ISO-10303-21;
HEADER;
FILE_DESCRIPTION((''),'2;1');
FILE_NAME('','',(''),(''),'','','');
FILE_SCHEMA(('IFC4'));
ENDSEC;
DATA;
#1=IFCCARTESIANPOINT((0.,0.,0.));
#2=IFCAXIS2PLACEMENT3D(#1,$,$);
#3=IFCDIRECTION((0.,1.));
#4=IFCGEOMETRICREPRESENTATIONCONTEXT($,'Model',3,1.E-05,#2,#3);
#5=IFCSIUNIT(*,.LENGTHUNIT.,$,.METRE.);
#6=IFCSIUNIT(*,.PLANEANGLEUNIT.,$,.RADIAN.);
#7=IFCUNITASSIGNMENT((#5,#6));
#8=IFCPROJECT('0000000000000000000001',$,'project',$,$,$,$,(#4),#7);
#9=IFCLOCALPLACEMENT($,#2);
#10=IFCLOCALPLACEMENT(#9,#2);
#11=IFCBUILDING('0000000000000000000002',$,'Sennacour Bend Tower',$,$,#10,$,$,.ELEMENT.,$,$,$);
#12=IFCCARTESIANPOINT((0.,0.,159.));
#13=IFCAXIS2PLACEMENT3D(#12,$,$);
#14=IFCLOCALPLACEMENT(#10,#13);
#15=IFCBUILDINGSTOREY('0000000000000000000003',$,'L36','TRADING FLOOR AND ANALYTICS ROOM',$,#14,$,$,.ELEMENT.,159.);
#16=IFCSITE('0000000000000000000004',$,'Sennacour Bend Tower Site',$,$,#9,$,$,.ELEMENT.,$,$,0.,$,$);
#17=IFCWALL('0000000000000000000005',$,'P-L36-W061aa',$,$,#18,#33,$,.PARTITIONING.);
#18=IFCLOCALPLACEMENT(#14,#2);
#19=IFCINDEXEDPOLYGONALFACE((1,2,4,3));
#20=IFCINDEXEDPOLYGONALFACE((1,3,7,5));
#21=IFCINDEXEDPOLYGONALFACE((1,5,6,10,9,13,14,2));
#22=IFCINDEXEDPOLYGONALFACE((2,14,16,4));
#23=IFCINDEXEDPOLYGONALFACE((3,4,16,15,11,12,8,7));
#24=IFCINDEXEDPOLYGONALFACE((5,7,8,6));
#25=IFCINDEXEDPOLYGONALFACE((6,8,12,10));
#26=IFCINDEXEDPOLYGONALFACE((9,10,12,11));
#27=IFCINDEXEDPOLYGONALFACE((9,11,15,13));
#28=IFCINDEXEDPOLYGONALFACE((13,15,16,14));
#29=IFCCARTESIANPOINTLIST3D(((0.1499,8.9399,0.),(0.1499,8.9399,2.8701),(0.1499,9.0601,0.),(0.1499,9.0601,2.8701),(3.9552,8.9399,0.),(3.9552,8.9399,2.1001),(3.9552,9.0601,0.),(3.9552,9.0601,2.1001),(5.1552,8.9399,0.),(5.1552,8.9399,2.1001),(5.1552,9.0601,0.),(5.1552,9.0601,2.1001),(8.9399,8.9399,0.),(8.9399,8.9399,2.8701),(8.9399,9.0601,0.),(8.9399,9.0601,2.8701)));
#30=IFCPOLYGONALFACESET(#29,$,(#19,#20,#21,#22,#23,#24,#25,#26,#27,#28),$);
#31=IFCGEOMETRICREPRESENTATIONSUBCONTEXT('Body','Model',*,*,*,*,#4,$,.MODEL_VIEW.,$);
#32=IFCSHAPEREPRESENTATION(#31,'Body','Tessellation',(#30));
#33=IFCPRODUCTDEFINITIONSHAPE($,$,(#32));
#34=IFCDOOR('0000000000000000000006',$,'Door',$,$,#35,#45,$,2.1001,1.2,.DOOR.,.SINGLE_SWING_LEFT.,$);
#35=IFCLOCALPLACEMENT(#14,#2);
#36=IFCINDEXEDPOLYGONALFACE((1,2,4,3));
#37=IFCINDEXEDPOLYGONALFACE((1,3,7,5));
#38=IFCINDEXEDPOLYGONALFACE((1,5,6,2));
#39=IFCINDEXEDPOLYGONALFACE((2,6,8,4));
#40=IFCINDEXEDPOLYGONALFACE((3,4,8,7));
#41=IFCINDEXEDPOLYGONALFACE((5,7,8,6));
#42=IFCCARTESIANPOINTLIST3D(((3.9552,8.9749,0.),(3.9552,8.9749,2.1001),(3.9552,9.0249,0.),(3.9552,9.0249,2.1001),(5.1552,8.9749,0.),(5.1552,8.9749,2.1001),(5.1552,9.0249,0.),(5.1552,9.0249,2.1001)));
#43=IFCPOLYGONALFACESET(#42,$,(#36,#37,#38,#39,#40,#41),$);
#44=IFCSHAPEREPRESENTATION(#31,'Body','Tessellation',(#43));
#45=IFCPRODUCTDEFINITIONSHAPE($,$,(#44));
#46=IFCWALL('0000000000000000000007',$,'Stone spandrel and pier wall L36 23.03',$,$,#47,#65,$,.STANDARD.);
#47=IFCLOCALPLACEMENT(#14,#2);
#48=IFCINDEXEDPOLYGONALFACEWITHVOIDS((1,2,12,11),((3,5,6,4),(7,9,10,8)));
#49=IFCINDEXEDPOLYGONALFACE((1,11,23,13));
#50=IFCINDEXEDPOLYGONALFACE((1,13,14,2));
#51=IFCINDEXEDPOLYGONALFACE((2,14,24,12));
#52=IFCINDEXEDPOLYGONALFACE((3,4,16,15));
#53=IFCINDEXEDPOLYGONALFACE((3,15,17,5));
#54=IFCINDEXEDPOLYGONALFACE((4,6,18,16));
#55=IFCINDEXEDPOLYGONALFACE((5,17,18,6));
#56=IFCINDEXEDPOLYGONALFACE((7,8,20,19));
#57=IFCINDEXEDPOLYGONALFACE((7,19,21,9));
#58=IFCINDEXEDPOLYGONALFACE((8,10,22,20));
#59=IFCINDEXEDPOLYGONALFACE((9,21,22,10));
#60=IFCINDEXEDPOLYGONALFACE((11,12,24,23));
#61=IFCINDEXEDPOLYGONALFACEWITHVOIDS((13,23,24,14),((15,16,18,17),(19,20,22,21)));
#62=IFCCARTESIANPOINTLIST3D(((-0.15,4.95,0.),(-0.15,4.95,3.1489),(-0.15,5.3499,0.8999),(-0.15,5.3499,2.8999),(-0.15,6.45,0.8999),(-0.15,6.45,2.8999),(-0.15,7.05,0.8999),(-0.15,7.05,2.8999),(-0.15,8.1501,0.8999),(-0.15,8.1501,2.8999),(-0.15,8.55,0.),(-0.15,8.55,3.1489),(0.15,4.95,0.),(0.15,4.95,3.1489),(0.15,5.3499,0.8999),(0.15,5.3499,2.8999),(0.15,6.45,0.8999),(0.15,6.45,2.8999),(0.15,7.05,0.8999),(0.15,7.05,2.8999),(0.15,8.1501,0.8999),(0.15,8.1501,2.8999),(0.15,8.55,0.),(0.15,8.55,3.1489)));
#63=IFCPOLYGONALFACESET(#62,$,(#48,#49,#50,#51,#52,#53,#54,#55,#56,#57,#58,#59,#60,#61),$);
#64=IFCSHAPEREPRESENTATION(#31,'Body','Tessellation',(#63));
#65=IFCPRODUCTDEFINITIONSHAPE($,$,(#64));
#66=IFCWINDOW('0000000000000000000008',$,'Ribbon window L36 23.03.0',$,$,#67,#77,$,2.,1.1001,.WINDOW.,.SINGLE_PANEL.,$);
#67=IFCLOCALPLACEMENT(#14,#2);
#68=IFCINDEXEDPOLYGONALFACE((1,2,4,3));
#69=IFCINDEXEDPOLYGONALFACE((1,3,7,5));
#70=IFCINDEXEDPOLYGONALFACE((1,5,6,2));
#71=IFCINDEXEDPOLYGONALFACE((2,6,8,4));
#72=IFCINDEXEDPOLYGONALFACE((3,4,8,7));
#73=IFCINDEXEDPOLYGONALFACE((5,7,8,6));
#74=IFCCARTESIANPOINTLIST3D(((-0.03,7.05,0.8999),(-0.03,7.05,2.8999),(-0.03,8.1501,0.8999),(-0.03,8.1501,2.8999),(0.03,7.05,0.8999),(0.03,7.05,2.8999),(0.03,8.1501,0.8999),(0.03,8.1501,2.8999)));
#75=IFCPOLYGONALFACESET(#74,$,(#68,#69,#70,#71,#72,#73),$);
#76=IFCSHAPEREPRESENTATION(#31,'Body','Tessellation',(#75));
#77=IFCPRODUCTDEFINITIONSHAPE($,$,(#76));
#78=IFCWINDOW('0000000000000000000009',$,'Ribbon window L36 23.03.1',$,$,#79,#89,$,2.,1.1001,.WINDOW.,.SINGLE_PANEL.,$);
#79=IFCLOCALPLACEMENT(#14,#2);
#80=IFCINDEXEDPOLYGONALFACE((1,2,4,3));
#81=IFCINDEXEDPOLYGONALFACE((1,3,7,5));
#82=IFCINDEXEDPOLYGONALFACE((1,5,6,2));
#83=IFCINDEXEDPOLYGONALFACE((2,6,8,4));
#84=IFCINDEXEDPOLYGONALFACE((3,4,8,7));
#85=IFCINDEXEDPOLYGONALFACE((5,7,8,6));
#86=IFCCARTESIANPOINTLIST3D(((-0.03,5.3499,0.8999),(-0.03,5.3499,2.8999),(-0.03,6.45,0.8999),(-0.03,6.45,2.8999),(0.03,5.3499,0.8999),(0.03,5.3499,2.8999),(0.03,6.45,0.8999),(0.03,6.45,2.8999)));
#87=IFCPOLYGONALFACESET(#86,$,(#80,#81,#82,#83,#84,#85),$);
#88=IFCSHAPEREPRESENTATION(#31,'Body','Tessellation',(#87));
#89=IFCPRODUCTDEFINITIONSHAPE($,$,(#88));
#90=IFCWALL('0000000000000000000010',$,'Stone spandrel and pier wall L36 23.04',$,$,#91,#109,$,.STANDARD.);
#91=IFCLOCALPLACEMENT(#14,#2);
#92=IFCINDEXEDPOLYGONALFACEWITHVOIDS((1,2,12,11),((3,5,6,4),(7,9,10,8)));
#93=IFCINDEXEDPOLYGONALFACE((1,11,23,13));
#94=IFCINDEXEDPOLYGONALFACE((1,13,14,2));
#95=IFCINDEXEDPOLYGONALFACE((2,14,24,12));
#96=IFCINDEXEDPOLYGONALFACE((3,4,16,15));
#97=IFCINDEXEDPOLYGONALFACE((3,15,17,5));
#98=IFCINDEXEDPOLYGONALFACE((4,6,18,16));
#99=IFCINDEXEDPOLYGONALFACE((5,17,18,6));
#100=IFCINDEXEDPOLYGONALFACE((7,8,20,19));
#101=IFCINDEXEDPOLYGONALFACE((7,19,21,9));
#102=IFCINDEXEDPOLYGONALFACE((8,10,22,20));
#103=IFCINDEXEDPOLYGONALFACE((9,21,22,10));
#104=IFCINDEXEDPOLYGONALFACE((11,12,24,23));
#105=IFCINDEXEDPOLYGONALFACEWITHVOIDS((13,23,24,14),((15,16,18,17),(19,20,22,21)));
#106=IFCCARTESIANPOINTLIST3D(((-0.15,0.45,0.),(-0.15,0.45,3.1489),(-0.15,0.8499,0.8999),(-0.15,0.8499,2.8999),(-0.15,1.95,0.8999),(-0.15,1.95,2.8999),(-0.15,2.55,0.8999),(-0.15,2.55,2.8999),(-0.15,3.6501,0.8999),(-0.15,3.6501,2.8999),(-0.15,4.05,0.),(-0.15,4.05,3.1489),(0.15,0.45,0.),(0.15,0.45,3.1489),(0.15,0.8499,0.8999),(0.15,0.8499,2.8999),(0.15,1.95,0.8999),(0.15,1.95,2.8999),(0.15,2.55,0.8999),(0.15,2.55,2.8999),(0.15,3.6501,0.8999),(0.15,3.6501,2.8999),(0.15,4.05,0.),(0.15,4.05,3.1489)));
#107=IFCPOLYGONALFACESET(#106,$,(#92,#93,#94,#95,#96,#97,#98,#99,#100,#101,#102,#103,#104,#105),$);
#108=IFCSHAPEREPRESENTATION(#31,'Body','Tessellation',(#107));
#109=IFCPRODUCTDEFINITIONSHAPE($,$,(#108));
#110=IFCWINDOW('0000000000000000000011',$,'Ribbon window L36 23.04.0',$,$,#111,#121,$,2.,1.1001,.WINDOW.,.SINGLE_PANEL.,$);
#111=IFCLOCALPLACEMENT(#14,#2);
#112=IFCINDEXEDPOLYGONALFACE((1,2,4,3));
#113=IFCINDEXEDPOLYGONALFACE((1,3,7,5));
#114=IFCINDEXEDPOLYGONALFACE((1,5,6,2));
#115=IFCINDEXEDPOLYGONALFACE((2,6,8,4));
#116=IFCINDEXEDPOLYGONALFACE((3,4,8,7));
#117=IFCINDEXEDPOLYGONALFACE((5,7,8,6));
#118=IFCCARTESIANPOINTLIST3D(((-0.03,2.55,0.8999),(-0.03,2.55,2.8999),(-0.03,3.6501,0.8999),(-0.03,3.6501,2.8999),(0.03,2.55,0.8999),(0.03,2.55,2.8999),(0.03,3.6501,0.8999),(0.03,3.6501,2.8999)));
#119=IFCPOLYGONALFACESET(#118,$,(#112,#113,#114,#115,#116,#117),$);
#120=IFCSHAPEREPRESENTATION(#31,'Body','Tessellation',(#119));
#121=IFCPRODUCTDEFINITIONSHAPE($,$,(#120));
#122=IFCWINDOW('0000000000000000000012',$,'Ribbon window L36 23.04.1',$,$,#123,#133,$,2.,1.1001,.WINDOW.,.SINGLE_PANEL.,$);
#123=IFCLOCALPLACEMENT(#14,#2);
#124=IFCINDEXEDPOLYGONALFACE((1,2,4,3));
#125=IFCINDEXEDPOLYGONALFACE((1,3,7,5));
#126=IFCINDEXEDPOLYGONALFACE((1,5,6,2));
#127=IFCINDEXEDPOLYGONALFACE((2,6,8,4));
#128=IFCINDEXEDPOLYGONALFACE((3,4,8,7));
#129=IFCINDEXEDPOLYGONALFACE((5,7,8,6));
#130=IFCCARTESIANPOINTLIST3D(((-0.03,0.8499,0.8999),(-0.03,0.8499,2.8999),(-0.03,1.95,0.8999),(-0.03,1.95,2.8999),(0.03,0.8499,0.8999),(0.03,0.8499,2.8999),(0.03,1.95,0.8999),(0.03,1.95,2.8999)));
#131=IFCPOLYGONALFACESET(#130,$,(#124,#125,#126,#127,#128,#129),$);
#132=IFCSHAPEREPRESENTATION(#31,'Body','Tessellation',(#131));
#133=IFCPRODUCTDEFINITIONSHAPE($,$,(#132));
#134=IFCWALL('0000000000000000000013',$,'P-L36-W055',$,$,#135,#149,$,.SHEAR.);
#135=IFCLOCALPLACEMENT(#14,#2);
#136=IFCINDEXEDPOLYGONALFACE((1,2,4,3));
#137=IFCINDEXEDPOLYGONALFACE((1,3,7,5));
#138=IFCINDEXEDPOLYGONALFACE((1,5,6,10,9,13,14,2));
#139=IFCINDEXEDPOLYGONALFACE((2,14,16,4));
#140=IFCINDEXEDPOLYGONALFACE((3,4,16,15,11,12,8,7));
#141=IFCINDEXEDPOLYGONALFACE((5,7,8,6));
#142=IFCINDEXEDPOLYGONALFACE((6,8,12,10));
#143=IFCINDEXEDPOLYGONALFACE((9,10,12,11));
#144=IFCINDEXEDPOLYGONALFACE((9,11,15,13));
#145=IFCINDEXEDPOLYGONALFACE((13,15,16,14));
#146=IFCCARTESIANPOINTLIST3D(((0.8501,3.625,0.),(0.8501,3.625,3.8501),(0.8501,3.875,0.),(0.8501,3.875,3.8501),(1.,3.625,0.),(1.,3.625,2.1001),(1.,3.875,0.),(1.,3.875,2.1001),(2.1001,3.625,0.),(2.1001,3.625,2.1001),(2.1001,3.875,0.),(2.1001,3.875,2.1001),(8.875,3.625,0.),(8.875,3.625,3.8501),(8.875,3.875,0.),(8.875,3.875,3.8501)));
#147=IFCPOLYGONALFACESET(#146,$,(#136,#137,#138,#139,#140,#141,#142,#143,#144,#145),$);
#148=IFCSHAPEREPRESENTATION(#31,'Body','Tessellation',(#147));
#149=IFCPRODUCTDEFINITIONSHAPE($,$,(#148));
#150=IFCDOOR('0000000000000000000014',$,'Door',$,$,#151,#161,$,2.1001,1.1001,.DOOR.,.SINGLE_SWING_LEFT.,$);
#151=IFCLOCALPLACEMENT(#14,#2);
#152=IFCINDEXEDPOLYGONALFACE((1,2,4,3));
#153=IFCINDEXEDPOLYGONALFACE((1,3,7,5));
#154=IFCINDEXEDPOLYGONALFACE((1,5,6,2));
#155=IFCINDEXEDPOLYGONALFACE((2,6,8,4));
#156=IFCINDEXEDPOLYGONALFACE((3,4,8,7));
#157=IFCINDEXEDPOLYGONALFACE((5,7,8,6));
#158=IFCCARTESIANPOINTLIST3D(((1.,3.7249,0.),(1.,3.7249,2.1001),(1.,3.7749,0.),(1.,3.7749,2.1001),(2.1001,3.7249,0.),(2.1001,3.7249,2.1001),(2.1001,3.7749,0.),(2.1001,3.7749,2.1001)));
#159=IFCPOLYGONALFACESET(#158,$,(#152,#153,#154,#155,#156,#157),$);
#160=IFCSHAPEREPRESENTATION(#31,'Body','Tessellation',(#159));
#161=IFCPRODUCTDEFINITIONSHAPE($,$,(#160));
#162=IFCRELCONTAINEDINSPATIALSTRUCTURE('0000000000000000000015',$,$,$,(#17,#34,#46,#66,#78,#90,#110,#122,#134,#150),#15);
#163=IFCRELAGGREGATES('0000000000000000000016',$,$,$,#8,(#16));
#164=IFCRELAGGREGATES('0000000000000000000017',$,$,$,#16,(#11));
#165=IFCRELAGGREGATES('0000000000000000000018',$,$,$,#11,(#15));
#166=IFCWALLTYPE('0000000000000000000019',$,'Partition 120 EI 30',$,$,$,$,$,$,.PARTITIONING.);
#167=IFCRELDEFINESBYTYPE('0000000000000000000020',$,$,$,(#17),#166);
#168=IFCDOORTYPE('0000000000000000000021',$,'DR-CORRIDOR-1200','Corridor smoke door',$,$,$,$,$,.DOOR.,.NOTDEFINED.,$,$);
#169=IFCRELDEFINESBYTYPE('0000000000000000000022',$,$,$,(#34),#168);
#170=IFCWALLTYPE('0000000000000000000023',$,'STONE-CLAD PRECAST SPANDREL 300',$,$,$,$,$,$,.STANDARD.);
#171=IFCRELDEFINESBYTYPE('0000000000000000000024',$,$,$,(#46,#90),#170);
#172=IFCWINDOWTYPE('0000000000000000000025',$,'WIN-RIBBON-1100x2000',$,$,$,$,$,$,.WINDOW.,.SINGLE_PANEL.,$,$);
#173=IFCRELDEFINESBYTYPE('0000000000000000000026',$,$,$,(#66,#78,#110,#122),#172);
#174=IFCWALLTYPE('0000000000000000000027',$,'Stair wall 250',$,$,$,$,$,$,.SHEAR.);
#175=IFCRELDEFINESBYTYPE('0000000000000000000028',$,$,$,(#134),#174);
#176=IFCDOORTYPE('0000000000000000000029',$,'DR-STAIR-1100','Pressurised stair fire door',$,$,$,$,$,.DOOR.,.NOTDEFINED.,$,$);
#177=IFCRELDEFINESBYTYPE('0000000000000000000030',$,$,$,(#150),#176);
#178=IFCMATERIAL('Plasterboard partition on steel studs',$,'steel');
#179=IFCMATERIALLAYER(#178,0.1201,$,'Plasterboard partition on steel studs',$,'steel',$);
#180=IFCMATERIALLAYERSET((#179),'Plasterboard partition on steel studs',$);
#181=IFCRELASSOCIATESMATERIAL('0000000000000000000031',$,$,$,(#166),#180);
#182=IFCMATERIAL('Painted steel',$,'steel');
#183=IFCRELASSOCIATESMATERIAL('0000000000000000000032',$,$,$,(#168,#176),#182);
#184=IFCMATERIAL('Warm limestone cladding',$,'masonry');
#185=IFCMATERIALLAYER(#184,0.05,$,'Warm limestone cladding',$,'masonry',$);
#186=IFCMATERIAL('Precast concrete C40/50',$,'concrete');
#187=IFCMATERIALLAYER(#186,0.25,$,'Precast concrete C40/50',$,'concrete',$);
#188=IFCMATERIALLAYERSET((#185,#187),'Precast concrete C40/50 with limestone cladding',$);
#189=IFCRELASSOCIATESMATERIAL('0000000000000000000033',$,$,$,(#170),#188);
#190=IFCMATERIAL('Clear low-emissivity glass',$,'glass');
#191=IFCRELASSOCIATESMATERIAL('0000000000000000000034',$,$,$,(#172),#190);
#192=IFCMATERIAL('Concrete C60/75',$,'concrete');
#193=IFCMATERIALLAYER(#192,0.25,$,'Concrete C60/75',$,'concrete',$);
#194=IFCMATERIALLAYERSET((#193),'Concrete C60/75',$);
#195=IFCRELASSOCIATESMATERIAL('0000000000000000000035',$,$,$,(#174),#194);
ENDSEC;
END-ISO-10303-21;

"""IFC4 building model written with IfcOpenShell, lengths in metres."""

from ifc_helpers import new_model, si_unit, direction, frame, frame_2d, origin, place, context, subcontext, project, spatial, rectangle, extrude, material, layer, layer_set, type_object, element, fill, save


model = new_model("IFC4")

# Units and contexts
model_context = context("Model", 3, precision=1e-05, world=origin(), true_north=direction((0.0, 1.0)))
body_context = subcontext(model_context, "Body", "Model", "MODEL_VIEW")
ifc_project = project(units=[si_unit("LENGTHUNIT", "METRE"), si_unit("PLANEANGLEUNIT", "RADIAN")], contexts=[model_context])

# Site, building, storey
site_placement = place(None, origin())
site = spatial("IfcSite", under=ifc_project, at=site_placement, Name="Sennacour Bend Tower Site", CompositionType="ELEMENT", RefElevation=0.0)
building_placement = place(site_placement, origin())
building = spatial("IfcBuilding", under=site, at=building_placement, Name="Sennacour Bend Tower", CompositionType="ELEMENT")
storey_placement = place(building_placement, frame((0.0, 0.0, 159.0)))
storey = spatial("IfcBuildingStorey", under=building, at=storey_placement, Name="L36", Description="TRADING FLOOR AND ANALYTICS ROOM", CompositionType="ELEMENT", Elevation=159.0)

# Shared definitions
ifc_material_1 = material(Name="Plasterboard partition on steel studs", Category="steel")

# Wall, opening, door
ifc_layer_1 = layer(ifc_material_1, 0.1201, Name="Plasterboard partition on steel studs", Category="steel")
ifc_layer_set_1 = layer_set([ifc_layer_1], Name="Plasterboard partition on steel studs")
wall_type_1 = type_object("IfcWallType", Name="Partition 120 EI 30", PredefinedType="PARTITIONING", material=ifc_layer_set_1)
wall_1_placement = place(storey_placement, frame((0.1499, 9.0, 0.0), z_axis=(0.0, 0.0, 1.0), x_axis=(1.0, 0.0, 0.0)))
wall_1 = element("IfcWall", 1, at=wall_1_placement, inside=storey, type_object=wall_type_1, Name="P-L36-W061aa", PredefinedType="PARTITIONING", context=body_context, shape_type="SweptSolid", body=[
    extrude(rectangle(XDim=8.79, YDim=0.1201, at=frame_2d((4.395, 0.0))), origin(), (0.0, 0.0, 1.0), 2.8701),
])
opening_1_placement = place(wall_1_placement, frame((3.8052, 0.0, 0.0)))
opening_1 = element("IfcOpeningElement", 2, at=opening_1_placement, cuts=wall_1, PredefinedType="OPENING", context=body_context, shape_type="SweptSolid", body=[
    extrude(rectangle(XDim=1.2, YDim=2.1001, at=frame_2d((0.6001, 1.05))), frame((0.0, 0.0701, 0.0), z_axis=(0.0, -1.0, 0.0), x_axis=(1.0, 0.0, 0.0)), (0.0, 0.0, 1.0), 0.1401),
])
ifc_material_2 = material(Name="Painted steel", Category="steel")
door_type_1 = type_object("IfcDoorType", Name="DR-CORRIDOR-1200", Description="Corridor smoke door", OperationType="NOTDEFINED", PredefinedType="DOOR", material=ifc_material_2)
door_1_placement = place(opening_1_placement, origin())
door_1 = element("IfcDoor", 3, at=door_1_placement, inside=storey, type_object=door_type_1, Name="Door", OperationType="SINGLE_SWING_LEFT", OverallHeight=2.1001, OverallWidth=1.2, PredefinedType="DOOR", context=body_context, shape_type="SweptSolid", body=[
    extrude(rectangle(XDim=1.2, YDim=2.1001, at=frame_2d((0.6001, 1.05))), frame((0.0, 0.0249, 0.0), z_axis=(0.0, -1.0, 0.0), x_axis=(1.0, 0.0, 0.0)), (0.0, 0.0, 1.0), 0.05),
])
fill(opening_1, door_1)

# Walls, openings, windows
ifc_material_3 = material(Name="Warm limestone cladding", Category="masonry")
ifc_layer_2 = layer(ifc_material_3, 0.05, Name="Warm limestone cladding", Category="masonry")
ifc_material_4 = material(Name="Precast concrete C40/50", Category="concrete")
ifc_layer_3 = layer(ifc_material_4, 0.25, Name="Precast concrete C40/50", Category="concrete")
ifc_layer_set_2 = layer_set([ifc_layer_2, ifc_layer_3], Name="Precast concrete C40/50 with limestone cladding")
wall_type_2 = type_object("IfcWallType", Name="STONE-CLAD PRECAST SPANDREL 300", PredefinedType="STANDARD", material=ifc_layer_set_2)
wall_2_placement = place(storey_placement, frame((0.0, 8.55, 0.0), z_axis=(0.0, 0.0, 1.0), x_axis=(0.0, -1.0, 0.0)))
wall_2 = element("IfcWall", 4, at=wall_2_placement, inside=storey, type_object=wall_type_2, Name="Stone spandrel and pier wall L36 23.03", PredefinedType="STANDARD", context=body_context, shape_type="SweptSolid", body=[
    extrude(rectangle(XDim=3.6001, YDim=0.3, at=frame_2d((1.8, 0.0))), origin(), (0.0, 0.0, 1.0), 3.1489),
])
opening_2_placement = place(wall_2_placement, frame((0.3999, 0.0, 0.8999)))
opening_2 = element("IfcOpeningElement", 5, at=opening_2_placement, cuts=wall_2, PredefinedType="OPENING", context=body_context, shape_type="SweptSolid", body=[
    extrude(rectangle(XDim=1.1001, YDim=2.0, at=frame_2d((0.55, 1.0))), frame((0.0, 0.1602, 0.0), z_axis=(0.0, -1.0, 0.0), x_axis=(1.0, 0.0, 0.0)), (0.0, 0.0, 1.0), 0.3201),
])
opening_3_placement = place(wall_2_placement, frame((2.1001, 0.0, 0.8999)))
opening_3 = element("IfcOpeningElement", 6, at=opening_3_placement, cuts=wall_2, PredefinedType="OPENING", context=body_context, shape_type="SweptSolid", body=[
    extrude(rectangle(XDim=1.1001, YDim=2.0, at=frame_2d((0.55, 1.0))), frame((0.0, 0.1602, 0.0), z_axis=(0.0, -1.0, 0.0), x_axis=(1.0, 0.0, 0.0)), (0.0, 0.0, 1.0), 0.3201),
])
ifc_material_5 = material(Name="Clear low-emissivity glass", Category="glass")
window_type = type_object("IfcWindowType", Name="WIN-RIBBON-1100x2000", PartitioningType="SINGLE_PANEL", PredefinedType="WINDOW", material=ifc_material_5)
window_1_placement = place(opening_2_placement, origin())
window_1 = element("IfcWindow", 7, at=window_1_placement, inside=storey, type_object=window_type, Name="Ribbon window L36 23.03.0", OverallHeight=2.0, OverallWidth=1.1001, PartitioningType="SINGLE_PANEL", PredefinedType="WINDOW", context=body_context, shape_type="SweptSolid", body=[
    extrude(rectangle(XDim=1.1001, YDim=2.0, at=frame_2d((0.55, 1.0))), frame((0.0, 0.03, 0.0), z_axis=(0.0, -1.0, 0.0), x_axis=(1.0, 0.0, 0.0)), (0.0, 0.0, 1.0), 0.0601),
])
fill(opening_2, window_1)
window_2_placement = place(opening_3_placement, origin())
window_2 = element("IfcWindow", 8, at=window_2_placement, inside=storey, type_object=window_type, Name="Ribbon window L36 23.03.1", OverallHeight=2.0, OverallWidth=1.1001, PartitioningType="SINGLE_PANEL", PredefinedType="WINDOW", context=body_context, shape_type="SweptSolid", body=[
    extrude(rectangle(XDim=1.1001, YDim=2.0, at=frame_2d((0.55, 1.0))), frame((0.0, 0.03, 0.0), z_axis=(0.0, -1.0, 0.0), x_axis=(1.0, 0.0, 0.0)), (0.0, 0.0, 1.0), 0.0601),
])
fill(opening_3, window_2)
wall_3_placement = place(storey_placement, frame((0.0, 4.05, 0.0), z_axis=(0.0, 0.0, 1.0), x_axis=(0.0, -1.0, 0.0)))
wall_3 = element("IfcWall", 9, at=wall_3_placement, inside=storey, type_object=wall_type_2, Name="Stone spandrel and pier wall L36 23.04", PredefinedType="STANDARD", context=body_context, shape_type="SweptSolid", body=[
    extrude(rectangle(XDim=3.6001, YDim=0.3, at=frame_2d((1.8, 0.0))), origin(), (0.0, 0.0, 1.0), 3.1489),
])
opening_4_placement = place(wall_3_placement, frame((0.3999, 0.0, 0.8999)))
opening_4 = element("IfcOpeningElement", 10, at=opening_4_placement, cuts=wall_3, PredefinedType="OPENING", context=body_context, shape_type="SweptSolid", body=[
    extrude(rectangle(XDim=1.1001, YDim=2.0, at=frame_2d((0.55, 1.0))), frame((0.0, 0.1602, 0.0), z_axis=(0.0, -1.0, 0.0), x_axis=(1.0, 0.0, 0.0)), (0.0, 0.0, 1.0), 0.3201),
])
opening_5_placement = place(wall_3_placement, frame((2.1001, 0.0, 0.8999)))
opening_5 = element("IfcOpeningElement", 11, at=opening_5_placement, cuts=wall_3, PredefinedType="OPENING", context=body_context, shape_type="SweptSolid", body=[
    extrude(rectangle(XDim=1.1001, YDim=2.0, at=frame_2d((0.55, 1.0))), frame((0.0, 0.1602, 0.0), z_axis=(0.0, -1.0, 0.0), x_axis=(1.0, 0.0, 0.0)), (0.0, 0.0, 1.0), 0.3201),
])
window_3_placement = place(opening_4_placement, origin())
window_3 = element("IfcWindow", 12, at=window_3_placement, inside=storey, type_object=window_type, Name="Ribbon window L36 23.04.0", OverallHeight=2.0, OverallWidth=1.1001, PartitioningType="SINGLE_PANEL", PredefinedType="WINDOW", context=body_context, shape_type="SweptSolid", body=[
    extrude(rectangle(XDim=1.1001, YDim=2.0, at=frame_2d((0.55, 1.0))), frame((0.0, 0.03, 0.0), z_axis=(0.0, -1.0, 0.0), x_axis=(1.0, 0.0, 0.0)), (0.0, 0.0, 1.0), 0.0601),
])
fill(opening_4, window_3)
window_4_placement = place(opening_5_placement, origin())
window_4 = element("IfcWindow", 13, at=window_4_placement, inside=storey, type_object=window_type, Name="Ribbon window L36 23.04.1", OverallHeight=2.0, OverallWidth=1.1001, PartitioningType="SINGLE_PANEL", PredefinedType="WINDOW", context=body_context, shape_type="SweptSolid", body=[
    extrude(rectangle(XDim=1.1001, YDim=2.0, at=frame_2d((0.55, 1.0))), frame((0.0, 0.03, 0.0), z_axis=(0.0, -1.0, 0.0), x_axis=(1.0, 0.0, 0.0)), (0.0, 0.0, 1.0), 0.0601),
])
fill(opening_5, window_4)

# Wall, opening, door
ifc_material_6 = material(Name="Concrete C60/75", Category="concrete")
ifc_layer_4 = layer(ifc_material_6, 0.25, Name="Concrete C60/75", Category="concrete")
ifc_layer_set_3 = layer_set([ifc_layer_4], Name="Concrete C60/75")
wall_type_3 = type_object("IfcWallType", Name="Stair wall 250", PredefinedType="SHEAR", material=ifc_layer_set_3)
wall_4_placement = place(storey_placement, frame((0.8501, 3.75, 0.0), z_axis=(0.0, 0.0, 1.0), x_axis=(1.0, 0.0, 0.0)))
wall_4 = element("IfcWall", 14, at=wall_4_placement, inside=storey, type_object=wall_type_3, Name="P-L36-W055", PredefinedType="SHEAR", context=body_context, shape_type="SweptSolid", body=[
    extrude(rectangle(XDim=8.0249, YDim=0.25, at=frame_2d((4.0125, 0.0))), origin(), (0.0, 0.0, 1.0), 3.8501),
])
opening_6_placement = place(wall_4_placement, frame((0.1499, 0.0, 0.0)))
opening_6 = element("IfcOpeningElement", 15, at=opening_6_placement, cuts=wall_4, PredefinedType="OPENING", context=body_context, shape_type="SweptSolid", body=[
    extrude(rectangle(XDim=1.1001, YDim=2.1001, at=frame_2d((0.55, 1.05))), frame((0.0, 0.135, 0.0), z_axis=(0.0, -1.0, 0.0), x_axis=(1.0, 0.0, 0.0)), (0.0, 0.0, 1.0), 0.27),
])
door_type_2 = type_object("IfcDoorType", Name="DR-STAIR-1100", Description="Pressurised stair fire door", OperationType="NOTDEFINED", PredefinedType="DOOR", material=ifc_material_2)
door_2_placement = place(opening_6_placement, origin())
door_2 = element("IfcDoor", 16, at=door_2_placement, inside=storey, type_object=door_type_2, Name="Door", OperationType="SINGLE_SWING_LEFT", OverallHeight=2.1001, OverallWidth=1.1001, PredefinedType="DOOR", context=body_context, shape_type="SweptSolid", body=[
    extrude(rectangle(XDim=1.1001, YDim=2.1001, at=frame_2d((0.55, 1.05))), frame((0.0, 0.0249, 0.0), z_axis=(0.0, -1.0, 0.0), x_axis=(1.0, 0.0, 0.0)), (0.0, 0.0, 1.0), 0.05),
])
fill(opening_6, door_2)

save(model, "model.ifc")
